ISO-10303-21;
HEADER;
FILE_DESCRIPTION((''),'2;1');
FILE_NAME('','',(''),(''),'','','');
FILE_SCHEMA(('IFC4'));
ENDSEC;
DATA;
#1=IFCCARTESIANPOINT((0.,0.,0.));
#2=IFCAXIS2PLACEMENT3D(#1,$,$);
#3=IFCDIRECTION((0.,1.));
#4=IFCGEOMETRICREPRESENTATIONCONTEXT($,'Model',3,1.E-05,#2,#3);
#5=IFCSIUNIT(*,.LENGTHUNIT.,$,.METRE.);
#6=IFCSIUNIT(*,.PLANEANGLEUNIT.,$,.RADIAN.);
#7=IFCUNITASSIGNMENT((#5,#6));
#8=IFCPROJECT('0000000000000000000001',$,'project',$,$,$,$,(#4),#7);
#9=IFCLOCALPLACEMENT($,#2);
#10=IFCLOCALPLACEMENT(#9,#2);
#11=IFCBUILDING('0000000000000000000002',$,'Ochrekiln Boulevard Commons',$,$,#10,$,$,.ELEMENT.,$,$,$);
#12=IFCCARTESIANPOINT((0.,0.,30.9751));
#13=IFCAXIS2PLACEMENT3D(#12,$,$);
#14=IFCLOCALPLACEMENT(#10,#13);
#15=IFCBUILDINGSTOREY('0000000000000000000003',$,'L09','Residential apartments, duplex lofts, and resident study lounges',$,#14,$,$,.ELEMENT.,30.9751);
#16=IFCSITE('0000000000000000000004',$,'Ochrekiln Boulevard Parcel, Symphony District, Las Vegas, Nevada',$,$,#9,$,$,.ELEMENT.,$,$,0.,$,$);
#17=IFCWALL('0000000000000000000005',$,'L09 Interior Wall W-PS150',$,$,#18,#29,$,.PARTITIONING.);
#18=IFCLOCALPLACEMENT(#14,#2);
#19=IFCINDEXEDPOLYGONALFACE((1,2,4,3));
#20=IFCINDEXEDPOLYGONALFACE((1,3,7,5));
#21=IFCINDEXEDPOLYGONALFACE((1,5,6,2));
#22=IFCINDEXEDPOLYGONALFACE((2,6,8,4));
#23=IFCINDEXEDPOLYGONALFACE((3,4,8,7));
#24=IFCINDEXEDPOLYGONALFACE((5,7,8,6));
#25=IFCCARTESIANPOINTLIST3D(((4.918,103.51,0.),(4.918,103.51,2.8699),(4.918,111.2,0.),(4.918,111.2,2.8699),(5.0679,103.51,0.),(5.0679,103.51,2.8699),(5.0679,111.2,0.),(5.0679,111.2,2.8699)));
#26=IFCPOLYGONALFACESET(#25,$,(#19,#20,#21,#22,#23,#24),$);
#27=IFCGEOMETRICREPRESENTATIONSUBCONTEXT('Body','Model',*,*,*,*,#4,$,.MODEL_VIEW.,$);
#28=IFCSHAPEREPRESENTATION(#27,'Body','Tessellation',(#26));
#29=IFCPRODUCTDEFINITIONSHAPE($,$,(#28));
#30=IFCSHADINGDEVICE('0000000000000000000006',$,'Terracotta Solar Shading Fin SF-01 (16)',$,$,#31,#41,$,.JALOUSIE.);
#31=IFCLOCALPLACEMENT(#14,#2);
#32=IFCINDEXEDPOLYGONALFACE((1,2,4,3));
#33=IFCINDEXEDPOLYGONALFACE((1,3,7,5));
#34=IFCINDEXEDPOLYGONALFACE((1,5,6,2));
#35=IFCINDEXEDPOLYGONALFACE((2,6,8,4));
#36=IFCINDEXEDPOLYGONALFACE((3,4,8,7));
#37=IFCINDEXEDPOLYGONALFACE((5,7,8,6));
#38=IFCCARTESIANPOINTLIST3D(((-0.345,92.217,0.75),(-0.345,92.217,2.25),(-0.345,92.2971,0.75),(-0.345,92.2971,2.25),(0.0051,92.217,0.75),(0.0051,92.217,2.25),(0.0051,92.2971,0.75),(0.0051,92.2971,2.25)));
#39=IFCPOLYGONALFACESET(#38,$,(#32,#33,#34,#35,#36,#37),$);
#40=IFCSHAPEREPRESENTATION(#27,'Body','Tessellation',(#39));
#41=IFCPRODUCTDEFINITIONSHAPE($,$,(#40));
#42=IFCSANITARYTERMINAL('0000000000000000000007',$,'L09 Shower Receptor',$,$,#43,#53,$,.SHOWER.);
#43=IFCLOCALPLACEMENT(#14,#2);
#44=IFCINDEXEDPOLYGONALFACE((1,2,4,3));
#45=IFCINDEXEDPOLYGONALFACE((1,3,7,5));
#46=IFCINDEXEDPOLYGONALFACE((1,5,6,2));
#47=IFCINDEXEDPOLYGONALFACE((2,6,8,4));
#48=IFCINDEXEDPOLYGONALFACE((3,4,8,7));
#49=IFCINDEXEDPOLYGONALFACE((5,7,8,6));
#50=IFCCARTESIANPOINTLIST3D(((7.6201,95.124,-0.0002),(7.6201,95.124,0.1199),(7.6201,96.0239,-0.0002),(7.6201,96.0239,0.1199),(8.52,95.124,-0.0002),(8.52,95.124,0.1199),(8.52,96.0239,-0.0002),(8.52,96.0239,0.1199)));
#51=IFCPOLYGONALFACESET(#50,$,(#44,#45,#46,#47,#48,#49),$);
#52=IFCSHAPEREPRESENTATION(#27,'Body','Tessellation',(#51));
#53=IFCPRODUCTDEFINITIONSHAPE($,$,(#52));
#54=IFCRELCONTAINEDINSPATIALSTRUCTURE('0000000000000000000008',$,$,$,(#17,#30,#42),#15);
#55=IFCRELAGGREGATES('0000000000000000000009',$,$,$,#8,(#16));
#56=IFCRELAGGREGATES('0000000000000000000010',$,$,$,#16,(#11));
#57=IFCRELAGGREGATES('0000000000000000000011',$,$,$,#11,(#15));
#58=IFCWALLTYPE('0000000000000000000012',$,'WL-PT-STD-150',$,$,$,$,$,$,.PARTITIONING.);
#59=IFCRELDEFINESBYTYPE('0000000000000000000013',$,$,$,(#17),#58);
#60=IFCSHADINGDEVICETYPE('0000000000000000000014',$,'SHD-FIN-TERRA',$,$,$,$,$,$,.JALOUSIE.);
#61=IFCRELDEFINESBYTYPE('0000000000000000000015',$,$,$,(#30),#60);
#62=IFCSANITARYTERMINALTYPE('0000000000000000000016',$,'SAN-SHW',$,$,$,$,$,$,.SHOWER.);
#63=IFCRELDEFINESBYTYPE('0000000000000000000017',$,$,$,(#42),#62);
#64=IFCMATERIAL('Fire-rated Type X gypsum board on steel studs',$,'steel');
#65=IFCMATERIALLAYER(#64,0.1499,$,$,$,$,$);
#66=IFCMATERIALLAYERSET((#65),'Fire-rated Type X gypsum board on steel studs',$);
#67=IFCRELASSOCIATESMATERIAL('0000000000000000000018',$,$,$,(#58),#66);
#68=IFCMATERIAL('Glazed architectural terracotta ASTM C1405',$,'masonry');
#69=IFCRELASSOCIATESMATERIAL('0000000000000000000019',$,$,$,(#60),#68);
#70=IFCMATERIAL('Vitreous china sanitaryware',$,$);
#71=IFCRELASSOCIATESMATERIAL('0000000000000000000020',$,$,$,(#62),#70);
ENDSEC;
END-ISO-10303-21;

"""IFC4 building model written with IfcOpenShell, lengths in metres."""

from ifc_helpers import new_model, si_unit, direction, frame, frame_2d, origin, origin_2d, place, context, subcontext, project, spatial, rectangle, extrude, material, layer, layer_set, type_object, element, save


model = new_model("IFC4")

# Units and contexts
model_context = context("Model", 3, precision=1e-05, world=origin(), true_north=direction((0.0, 1.0)))
body_context = subcontext(model_context, "Body", "Model", "MODEL_VIEW")
ifc_project = project(units=[si_unit("LENGTHUNIT", "METRE"), si_unit("PLANEANGLEUNIT", "RADIAN")], contexts=[model_context])

# Site, building, storey
site_placement = place(None, origin())
site = spatial("IfcSite", under=ifc_project, at=site_placement, Name="Ochrekiln Boulevard Parcel, Symphony District, Las Vegas, Nevada", CompositionType="ELEMENT", RefElevation=0.0)
building_placement = place(site_placement, origin())
building = spatial("IfcBuilding", under=site, at=building_placement, Name="Ochrekiln Boulevard Commons", CompositionType="ELEMENT")
storey_placement = place(building_placement, frame((0.0, 0.0, 30.9751)))
storey = spatial("IfcBuildingStorey", under=building, at=storey_placement, Name="L09", Description="Residential apartments, duplex lofts, and resident study lounges", CompositionType="ELEMENT", Elevation=30.9751)

# Shared definitions
ifc_material_1 = material(Name="Fire-rated Type X gypsum board on steel studs", Category="steel")

# Shared definitions
ifc_layer_1 = layer(ifc_material_1, 0.1499)
ifc_layer_set_1 = layer_set([ifc_layer_1], Name="Fire-rated Type X gypsum board on steel studs")
wall_type_1 = type_object("IfcWallType", Name="WL-PT-STD-150", PredefinedType="PARTITIONING", material=ifc_layer_set_1)

# Wall
wall_1_placement = place(storey_placement, frame((4.9929, 103.51, 0.0), z_axis=(0.0, 0.0, 1.0), x_axis=(0.0, 1.0, 0.0)))
element("IfcWall", 1, at=wall_1_placement, inside=storey, type_object=wall_type_1, Name="L09 Interior Wall W-PS150", PredefinedType="PARTITIONING", context=body_context, shape_type="SweptSolid", body=[
    extrude(rectangle(XDim=7.6899, YDim=0.1499, at=frame_2d((3.845, 0.0))), origin(), (0.0, 0.0, 1.0), 2.8699),
])

# Shading device
ifc_material_2 = material(Name="Glazed architectural terracotta ASTM C1405", Category="masonry")
shading_device_type = type_object("IfcShadingDeviceType", Name="SHD-FIN-TERRA", PredefinedType="JALOUSIE", material=ifc_material_2)
shading_device_placement = place(storey_placement, frame((-0.1699, 92.2571, 0.75), z_axis=(0.0, 0.0, 1.0), x_axis=(1.0, 0.0, 0.0)))
element("IfcShadingDevice", 2, at=shading_device_placement, inside=storey, type_object=shading_device_type, Name="Terracotta Solar Shading Fin SF-01 (16)", PredefinedType="JALOUSIE", context=body_context, shape_type="SweptSolid", body=[
    extrude(rectangle(XDim=0.3501, YDim=0.0801, at=origin_2d()), origin(), (0.0, 0.0, 1.0), 1.5),
])

# Sanitary terminal
ifc_material_3 = material(Name="Vitreous china sanitaryware")
sanitary_terminal_type = type_object("IfcSanitaryTerminalType", Name="SAN-SHW", PredefinedType="SHOWER", material=ifc_material_3)
sanitary_terminal_placement = place(storey_placement, frame((8.0701, 95.574, -0.0002), z_axis=(0.0, 0.0, 1.0), x_axis=(1.0, 0.0, 0.0)))
element("IfcSanitaryTerminal", 3, at=sanitary_terminal_placement, inside=storey, type_object=sanitary_terminal_type, Name="L09 Shower Receptor", PredefinedType="SHOWER", context=body_context, shape_type="SweptSolid", body=[
    extrude(rectangle(XDim=0.8999, YDim=0.8999, at=origin_2d()), origin(), (0.0, 0.0, 1.0), 0.1201),
])

save(model, "model.ifc")
